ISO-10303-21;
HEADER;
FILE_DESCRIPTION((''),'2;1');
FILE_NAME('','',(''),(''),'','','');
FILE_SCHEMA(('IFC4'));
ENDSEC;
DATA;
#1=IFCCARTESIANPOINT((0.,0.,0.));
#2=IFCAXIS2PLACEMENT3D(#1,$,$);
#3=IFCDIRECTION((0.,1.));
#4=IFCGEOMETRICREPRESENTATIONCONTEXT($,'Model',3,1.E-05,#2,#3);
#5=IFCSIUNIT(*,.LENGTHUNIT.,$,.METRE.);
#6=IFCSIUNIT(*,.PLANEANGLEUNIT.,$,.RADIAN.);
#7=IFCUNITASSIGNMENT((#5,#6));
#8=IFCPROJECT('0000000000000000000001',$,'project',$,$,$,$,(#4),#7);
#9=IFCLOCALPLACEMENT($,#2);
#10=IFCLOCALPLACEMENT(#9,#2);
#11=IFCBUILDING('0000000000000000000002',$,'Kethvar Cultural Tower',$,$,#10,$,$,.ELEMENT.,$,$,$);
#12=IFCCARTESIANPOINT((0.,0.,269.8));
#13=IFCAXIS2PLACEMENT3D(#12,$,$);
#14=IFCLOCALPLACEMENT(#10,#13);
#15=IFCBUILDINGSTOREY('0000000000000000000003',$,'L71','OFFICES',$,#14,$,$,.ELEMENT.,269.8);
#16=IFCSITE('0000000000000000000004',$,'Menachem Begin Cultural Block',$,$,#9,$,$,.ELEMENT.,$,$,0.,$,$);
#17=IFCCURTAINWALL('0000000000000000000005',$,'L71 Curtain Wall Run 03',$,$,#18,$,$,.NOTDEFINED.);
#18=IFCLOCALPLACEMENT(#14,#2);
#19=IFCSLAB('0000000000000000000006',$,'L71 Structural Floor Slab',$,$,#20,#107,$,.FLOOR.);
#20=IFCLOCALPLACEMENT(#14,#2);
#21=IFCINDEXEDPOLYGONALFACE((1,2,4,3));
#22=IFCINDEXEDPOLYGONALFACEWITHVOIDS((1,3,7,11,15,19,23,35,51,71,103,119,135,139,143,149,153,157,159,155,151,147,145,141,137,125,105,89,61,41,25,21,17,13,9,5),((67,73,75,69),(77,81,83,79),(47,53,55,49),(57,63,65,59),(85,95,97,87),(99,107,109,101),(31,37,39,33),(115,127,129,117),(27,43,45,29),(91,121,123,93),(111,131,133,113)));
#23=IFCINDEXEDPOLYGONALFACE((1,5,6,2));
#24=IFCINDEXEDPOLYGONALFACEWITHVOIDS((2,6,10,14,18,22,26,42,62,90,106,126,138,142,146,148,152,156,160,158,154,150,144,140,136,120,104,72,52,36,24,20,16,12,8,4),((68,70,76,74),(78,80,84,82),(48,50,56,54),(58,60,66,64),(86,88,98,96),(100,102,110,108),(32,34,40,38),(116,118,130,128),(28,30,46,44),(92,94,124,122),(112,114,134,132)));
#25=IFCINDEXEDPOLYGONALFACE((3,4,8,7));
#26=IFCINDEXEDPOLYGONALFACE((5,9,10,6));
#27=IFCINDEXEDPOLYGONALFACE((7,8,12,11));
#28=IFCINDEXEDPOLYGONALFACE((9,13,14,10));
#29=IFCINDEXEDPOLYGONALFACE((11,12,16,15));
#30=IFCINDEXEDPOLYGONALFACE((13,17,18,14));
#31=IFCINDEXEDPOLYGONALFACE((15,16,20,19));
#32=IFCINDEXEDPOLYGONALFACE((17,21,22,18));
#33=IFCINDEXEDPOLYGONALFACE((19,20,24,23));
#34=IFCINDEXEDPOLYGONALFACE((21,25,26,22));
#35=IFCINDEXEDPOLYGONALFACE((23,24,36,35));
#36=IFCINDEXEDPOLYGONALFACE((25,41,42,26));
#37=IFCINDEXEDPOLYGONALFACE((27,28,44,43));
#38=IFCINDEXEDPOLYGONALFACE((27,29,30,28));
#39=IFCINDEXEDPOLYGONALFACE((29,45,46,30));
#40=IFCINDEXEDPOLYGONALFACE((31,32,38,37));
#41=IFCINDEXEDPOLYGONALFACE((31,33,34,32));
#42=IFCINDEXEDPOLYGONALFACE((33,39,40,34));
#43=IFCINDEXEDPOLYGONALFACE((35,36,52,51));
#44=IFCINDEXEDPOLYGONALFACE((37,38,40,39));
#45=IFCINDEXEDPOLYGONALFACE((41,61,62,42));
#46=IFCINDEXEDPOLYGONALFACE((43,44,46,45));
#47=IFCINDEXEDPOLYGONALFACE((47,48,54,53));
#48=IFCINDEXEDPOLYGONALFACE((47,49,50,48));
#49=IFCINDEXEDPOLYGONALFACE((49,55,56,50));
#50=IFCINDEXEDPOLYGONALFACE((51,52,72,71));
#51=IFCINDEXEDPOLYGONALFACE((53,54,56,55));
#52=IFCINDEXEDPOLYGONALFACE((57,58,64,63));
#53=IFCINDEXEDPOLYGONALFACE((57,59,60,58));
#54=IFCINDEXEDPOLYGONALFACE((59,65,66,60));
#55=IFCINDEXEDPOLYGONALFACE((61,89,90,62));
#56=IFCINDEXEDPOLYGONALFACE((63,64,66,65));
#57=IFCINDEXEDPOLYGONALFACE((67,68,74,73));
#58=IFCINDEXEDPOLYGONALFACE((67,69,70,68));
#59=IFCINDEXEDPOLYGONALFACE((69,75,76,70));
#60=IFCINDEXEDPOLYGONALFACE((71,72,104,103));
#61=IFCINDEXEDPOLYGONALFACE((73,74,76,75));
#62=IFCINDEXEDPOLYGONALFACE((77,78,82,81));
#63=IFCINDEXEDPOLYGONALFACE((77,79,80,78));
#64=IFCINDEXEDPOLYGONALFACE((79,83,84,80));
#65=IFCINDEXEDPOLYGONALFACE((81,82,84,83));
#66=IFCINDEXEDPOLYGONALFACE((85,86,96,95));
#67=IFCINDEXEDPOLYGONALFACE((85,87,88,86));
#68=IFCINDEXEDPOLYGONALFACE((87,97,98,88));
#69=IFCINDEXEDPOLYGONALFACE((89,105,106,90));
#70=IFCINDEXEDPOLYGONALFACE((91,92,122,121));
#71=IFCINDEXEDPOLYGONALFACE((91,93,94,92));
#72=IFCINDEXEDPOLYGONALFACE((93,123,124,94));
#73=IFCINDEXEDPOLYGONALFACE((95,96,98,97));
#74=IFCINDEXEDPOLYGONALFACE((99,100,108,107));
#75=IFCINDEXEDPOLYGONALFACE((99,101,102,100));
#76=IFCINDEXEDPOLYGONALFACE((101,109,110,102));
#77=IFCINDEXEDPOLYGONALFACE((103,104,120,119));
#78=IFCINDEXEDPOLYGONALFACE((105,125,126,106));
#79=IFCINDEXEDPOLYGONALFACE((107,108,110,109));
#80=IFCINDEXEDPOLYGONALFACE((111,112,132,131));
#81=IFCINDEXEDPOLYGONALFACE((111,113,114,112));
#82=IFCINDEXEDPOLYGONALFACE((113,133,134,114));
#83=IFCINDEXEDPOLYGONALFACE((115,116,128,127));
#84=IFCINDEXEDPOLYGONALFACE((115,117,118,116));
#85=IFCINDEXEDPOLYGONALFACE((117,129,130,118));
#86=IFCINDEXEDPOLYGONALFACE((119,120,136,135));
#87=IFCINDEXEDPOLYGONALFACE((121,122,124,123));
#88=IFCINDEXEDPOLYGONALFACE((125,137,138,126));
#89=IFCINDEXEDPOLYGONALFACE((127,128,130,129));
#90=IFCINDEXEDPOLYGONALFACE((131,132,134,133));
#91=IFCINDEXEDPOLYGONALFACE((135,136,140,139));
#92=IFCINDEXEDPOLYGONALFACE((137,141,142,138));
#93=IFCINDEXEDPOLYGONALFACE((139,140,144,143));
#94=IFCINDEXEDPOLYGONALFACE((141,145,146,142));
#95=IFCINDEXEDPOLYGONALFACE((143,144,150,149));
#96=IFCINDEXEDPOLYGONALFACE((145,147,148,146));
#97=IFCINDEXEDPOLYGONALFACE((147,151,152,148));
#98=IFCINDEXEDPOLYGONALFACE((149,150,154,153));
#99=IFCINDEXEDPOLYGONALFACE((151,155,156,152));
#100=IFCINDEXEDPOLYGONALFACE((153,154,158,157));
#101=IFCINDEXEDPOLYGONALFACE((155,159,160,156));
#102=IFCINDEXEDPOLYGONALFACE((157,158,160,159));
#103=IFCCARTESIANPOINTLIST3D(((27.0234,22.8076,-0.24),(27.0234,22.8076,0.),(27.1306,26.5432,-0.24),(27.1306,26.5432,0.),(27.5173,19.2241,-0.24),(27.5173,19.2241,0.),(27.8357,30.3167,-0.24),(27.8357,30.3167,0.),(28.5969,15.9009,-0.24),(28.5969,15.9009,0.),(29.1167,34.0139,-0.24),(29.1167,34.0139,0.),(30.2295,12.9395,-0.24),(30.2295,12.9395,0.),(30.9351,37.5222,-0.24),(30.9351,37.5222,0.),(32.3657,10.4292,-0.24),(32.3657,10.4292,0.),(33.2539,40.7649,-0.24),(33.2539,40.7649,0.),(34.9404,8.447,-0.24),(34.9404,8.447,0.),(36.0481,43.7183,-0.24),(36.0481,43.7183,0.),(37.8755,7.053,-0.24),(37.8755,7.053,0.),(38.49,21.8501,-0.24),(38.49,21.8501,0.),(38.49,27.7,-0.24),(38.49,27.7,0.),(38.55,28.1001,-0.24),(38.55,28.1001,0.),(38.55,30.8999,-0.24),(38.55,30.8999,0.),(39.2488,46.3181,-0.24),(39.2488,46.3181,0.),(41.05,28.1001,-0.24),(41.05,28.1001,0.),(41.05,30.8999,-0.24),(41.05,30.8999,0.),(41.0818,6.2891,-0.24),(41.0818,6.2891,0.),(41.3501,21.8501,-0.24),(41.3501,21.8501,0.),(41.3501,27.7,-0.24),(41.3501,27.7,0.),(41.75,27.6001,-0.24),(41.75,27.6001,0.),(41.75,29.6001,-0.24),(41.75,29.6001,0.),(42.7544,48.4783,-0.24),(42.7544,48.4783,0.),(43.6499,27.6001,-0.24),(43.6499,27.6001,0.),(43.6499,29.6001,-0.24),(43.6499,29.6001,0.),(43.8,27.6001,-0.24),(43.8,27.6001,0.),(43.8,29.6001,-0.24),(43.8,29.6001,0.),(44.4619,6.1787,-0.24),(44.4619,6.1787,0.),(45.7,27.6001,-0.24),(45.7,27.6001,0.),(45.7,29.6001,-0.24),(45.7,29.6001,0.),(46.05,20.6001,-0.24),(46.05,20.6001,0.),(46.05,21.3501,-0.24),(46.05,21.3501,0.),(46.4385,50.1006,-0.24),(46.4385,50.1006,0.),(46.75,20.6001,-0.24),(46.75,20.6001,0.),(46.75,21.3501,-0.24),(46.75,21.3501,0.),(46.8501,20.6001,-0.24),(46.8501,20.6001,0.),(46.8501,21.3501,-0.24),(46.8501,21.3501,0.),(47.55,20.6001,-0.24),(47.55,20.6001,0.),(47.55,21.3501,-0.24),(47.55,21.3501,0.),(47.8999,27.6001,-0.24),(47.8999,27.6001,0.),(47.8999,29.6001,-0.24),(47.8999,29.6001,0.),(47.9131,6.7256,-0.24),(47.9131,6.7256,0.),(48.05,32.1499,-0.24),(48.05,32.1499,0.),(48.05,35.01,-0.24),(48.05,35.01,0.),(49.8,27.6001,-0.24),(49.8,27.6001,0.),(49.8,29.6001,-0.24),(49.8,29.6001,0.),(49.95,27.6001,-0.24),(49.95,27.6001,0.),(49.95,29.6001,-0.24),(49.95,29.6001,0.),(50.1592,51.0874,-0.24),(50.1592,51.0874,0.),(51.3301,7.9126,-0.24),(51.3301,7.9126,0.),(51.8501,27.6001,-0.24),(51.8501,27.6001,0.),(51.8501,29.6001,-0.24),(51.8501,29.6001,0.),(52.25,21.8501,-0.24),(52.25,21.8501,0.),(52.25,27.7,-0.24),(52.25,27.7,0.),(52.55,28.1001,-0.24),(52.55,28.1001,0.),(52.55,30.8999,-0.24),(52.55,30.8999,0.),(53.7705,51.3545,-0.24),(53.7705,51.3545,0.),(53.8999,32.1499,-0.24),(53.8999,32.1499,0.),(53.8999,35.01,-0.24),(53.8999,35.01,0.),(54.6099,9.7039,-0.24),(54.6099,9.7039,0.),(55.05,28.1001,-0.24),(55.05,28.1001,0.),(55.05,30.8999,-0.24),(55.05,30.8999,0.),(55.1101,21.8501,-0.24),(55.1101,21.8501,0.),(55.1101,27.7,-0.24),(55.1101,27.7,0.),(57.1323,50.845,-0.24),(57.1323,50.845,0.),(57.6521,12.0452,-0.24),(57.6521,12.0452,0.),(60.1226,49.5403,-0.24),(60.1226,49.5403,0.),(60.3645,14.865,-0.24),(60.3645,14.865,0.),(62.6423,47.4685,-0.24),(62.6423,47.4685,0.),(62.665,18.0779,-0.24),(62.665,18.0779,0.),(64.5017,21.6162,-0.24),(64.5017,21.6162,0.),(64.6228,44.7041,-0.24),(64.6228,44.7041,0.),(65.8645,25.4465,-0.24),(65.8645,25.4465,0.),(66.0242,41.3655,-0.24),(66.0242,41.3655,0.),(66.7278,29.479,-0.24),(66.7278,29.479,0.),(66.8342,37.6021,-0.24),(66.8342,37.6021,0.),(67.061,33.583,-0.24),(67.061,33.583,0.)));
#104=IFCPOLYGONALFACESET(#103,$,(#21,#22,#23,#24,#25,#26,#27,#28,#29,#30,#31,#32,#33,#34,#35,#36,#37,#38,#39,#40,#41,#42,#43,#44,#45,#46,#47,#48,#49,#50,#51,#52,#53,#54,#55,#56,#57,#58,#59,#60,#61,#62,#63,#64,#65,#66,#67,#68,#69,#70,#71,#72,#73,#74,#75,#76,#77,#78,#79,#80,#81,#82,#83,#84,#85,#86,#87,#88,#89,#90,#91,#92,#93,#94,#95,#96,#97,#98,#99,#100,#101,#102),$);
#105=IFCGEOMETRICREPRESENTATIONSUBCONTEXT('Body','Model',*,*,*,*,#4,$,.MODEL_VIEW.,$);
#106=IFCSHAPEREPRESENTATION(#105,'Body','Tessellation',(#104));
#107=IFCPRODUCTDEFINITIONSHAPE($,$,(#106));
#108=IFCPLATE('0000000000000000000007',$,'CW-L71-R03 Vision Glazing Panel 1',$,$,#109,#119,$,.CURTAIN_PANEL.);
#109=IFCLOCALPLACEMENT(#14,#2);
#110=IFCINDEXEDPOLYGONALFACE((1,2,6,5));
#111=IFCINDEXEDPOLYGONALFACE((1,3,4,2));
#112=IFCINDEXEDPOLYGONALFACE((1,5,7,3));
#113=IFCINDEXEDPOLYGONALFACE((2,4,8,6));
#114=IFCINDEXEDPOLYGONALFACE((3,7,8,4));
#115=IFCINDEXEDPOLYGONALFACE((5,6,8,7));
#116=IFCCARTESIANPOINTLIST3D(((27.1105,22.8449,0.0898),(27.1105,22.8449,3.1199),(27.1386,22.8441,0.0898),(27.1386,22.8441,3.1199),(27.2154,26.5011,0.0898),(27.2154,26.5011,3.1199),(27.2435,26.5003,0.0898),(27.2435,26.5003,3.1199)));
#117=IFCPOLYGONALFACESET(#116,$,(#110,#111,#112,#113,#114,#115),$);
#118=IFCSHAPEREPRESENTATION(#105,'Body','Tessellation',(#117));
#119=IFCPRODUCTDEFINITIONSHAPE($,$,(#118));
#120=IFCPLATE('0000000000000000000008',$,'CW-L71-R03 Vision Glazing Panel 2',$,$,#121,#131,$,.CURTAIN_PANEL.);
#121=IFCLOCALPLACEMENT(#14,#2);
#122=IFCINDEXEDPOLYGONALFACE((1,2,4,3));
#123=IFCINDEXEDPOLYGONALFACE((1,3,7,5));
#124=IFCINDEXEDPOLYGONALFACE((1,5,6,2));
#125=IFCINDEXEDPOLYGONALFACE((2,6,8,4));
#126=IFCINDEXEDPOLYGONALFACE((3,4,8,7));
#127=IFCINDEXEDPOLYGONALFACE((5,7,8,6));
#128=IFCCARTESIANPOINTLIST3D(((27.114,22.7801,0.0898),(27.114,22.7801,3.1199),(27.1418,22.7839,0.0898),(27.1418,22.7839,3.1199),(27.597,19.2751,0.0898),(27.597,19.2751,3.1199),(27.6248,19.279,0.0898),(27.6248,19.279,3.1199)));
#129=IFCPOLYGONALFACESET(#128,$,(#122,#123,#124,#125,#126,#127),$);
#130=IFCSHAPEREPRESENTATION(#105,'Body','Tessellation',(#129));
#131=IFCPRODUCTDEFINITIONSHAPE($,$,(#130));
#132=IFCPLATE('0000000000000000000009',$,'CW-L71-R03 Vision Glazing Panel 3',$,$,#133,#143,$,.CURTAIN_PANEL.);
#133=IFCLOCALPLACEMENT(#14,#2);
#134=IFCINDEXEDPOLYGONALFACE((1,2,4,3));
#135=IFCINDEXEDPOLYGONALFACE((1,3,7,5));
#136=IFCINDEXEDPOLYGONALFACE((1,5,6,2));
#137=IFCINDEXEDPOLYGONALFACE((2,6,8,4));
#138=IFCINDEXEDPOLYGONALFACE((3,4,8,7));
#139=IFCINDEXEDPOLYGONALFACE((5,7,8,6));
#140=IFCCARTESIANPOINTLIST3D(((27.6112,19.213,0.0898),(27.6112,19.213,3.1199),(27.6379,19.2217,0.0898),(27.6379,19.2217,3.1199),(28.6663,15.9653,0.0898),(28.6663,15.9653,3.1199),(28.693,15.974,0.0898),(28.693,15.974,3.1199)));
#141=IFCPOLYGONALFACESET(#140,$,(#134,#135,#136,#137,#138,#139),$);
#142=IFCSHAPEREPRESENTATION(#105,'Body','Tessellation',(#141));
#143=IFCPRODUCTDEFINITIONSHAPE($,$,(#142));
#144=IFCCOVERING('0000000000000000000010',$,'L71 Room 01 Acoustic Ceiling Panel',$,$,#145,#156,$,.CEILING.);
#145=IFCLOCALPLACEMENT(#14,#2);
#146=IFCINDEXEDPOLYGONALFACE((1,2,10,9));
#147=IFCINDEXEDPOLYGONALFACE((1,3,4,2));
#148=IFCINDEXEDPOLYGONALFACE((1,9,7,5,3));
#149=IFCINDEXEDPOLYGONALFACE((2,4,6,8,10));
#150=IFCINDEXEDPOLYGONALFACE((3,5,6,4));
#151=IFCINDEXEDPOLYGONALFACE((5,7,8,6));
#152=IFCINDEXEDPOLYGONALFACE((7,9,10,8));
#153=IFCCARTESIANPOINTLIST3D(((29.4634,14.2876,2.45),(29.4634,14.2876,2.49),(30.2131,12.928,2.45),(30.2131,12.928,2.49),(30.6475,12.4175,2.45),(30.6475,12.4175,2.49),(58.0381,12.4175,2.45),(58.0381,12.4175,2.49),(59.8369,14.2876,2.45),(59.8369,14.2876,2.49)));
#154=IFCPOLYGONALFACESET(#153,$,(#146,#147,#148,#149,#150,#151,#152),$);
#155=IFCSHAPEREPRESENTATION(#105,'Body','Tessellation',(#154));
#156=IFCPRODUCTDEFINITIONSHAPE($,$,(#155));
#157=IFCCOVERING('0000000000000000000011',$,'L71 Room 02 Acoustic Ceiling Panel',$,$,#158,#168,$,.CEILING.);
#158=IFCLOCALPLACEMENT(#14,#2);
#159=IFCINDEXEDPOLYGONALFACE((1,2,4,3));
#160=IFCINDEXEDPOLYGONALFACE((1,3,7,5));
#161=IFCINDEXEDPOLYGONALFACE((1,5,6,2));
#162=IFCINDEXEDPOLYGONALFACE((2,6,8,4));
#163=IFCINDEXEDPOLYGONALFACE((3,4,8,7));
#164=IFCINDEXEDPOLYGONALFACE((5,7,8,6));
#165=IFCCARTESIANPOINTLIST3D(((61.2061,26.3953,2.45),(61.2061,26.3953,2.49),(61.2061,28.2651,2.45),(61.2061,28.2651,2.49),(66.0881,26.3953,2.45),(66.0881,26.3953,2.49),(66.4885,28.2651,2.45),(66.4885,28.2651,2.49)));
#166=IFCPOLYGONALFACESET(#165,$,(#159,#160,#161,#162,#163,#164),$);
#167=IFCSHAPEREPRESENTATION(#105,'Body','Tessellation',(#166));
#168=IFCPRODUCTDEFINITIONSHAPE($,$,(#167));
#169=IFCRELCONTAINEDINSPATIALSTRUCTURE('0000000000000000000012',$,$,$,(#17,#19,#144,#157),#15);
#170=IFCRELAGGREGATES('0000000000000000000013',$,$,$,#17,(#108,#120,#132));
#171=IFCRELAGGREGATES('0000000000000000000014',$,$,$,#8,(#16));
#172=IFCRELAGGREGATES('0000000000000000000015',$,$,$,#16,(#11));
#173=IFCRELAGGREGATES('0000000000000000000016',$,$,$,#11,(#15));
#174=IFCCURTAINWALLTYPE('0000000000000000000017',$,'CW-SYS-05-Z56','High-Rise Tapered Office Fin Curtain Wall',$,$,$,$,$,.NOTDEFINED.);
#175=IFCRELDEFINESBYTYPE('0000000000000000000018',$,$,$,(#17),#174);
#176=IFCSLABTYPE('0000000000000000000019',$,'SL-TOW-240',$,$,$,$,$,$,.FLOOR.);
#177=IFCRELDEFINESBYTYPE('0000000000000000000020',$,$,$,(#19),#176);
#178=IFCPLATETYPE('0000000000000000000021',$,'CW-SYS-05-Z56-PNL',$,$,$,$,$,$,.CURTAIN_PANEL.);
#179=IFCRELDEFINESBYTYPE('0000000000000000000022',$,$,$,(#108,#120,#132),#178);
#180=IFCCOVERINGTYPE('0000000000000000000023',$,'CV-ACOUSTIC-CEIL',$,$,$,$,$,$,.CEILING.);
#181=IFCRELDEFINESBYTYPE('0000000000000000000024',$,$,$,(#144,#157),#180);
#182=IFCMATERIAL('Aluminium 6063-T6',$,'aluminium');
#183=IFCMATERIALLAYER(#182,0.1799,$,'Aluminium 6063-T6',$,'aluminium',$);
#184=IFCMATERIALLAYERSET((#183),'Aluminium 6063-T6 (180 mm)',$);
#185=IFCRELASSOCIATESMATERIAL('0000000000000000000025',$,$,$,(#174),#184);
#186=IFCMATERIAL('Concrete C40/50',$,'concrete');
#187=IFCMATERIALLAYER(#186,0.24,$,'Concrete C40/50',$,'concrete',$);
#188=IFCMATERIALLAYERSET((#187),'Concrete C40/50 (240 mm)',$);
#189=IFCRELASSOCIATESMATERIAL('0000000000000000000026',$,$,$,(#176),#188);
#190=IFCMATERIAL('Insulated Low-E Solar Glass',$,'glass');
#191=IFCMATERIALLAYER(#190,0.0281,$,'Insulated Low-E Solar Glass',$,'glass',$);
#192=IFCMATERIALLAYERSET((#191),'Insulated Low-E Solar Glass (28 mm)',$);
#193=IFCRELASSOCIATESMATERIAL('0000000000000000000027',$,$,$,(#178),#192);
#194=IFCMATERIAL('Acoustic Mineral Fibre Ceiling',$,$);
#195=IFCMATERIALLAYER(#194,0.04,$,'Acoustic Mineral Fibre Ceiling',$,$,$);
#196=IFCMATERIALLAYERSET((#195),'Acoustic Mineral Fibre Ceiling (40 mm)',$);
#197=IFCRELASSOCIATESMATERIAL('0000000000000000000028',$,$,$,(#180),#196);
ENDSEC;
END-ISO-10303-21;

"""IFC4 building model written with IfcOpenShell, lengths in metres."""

from ifc_helpers import new_model, si_unit, direction, frame, origin, origin_2d, place, context, subcontext, project, spatial, polyline, rectangle, outline, extrude, source, transform, mapped, material, layer, layer_set, type_object, element, aggregate, save


model = new_model("IFC4")

# Units and contexts
model_context = context("Model", 3, precision=1e-05, world=origin(), true_north=direction((0.0, 1.0)))
body_context = subcontext(model_context, "Body", "Model", "MODEL_VIEW")
ifc_project = project(units=[si_unit("LENGTHUNIT", "METRE"), si_unit("PLANEANGLEUNIT", "RADIAN")], contexts=[model_context])

# Site, building, storey
site_placement = place(None, origin())
site = spatial("IfcSite", under=ifc_project, at=site_placement, Name="Menachem Begin Cultural Block", CompositionType="ELEMENT", RefElevation=0.0)
building_placement = place(site_placement, origin())
building = spatial("IfcBuilding", under=site, at=building_placement, Name="Kethvar Cultural Tower", CompositionType="ELEMENT")
storey_placement = place(building_placement, frame((0.0, 0.0, 269.8)))
storey = spatial("IfcBuildingStorey", under=building, at=storey_placement, Name="L71", Description="OFFICES", CompositionType="ELEMENT", Elevation=269.8)

# Curtain wall
ifc_material_1 = material(Name="Aluminium 6063-T6", Category="aluminium")
ifc_layer_1 = layer(ifc_material_1, 0.1799, Name="Aluminium 6063-T6", Category="aluminium")
ifc_layer_set_1 = layer_set([ifc_layer_1], Name="Aluminium 6063-T6 (180 mm)")
curtain_wall_type = type_object("IfcCurtainWallType", Name="CW-SYS-05-Z56", Description="High-Rise Tapered Office Fin Curtain Wall", PredefinedType="NOTDEFINED", material=ifc_layer_set_1)
curtain_wall_placement = place(storey_placement, origin())
curtain_wall = element("IfcCurtainWall", 1, at=curtain_wall_placement, inside=storey, type_object=curtain_wall_type, Name="L71 Curtain Wall Run 03", PredefinedType="NOTDEFINED")

# Shared definitions
ifc_material_2 = material(Name="Concrete C40/50", Category="concrete")

# Slab
ifc_layer_2 = layer(ifc_material_2, 0.24, Name="Concrete C40/50", Category="concrete")
ifc_layer_set_2 = layer_set([ifc_layer_2], Name="Concrete C40/50 (240 mm)")
slab_type_1 = type_object("IfcSlabType", Name="SL-TOW-240", PredefinedType="FLOOR", material=ifc_layer_set_2)
slab_1_placement = place(storey_placement, frame((0.0, 0.0, -0.24)))
element("IfcSlab", 2, at=slab_1_placement, inside=storey, type_object=slab_type_1, Name="L71 Structural Floor Slab", PredefinedType="FLOOR", context=body_context, shape_type="SweptSolid", body=[
    extrude(outline(polyline([(60.1226, 49.5403), (57.1323, 50.845), (53.7705, 51.3545), (50.1592, 51.0874), (46.4385, 50.1006), (42.7544, 48.4783), (39.2488, 46.3181), (36.0481, 43.7183), (33.2539, 40.7649), (30.9351, 37.5222), (29.1167, 34.0139), (27.8357, 30.3167), (27.1306, 26.5432), (27.0234, 22.8076), (27.5173, 19.2241), (28.5969, 15.9009), (30.2295, 12.9395), (32.3657, 10.4292), (34.9404, 8.447), (37.8755, 7.053), (41.0818, 6.2891), (44.4619, 6.1787), (47.9131, 6.7256), (51.3301, 7.9126), (54.6099, 9.7039), (57.6521, 12.0452), (60.3645, 14.865), (62.665, 18.0779), (64.5017, 21.6162), (65.8645, 25.4465), (66.7278, 29.479), (67.061, 33.583), (66.8342, 37.6021), (66.0242, 41.3655), (64.6228, 44.7041), (62.6423, 47.4685), (60.1226, 49.5403)]), holes=[polyline([(38.49, 21.8501), (38.49, 27.7), (41.3501, 27.7), (41.3501, 21.8501), (38.49, 21.8501)]), polyline([(52.25, 21.8501), (52.25, 27.7), (55.1101, 27.7), (55.1101, 21.8501), (52.25, 21.8501)]), polyline([(53.8999, 32.1499), (48.05, 32.1499), (48.05, 35.01), (53.8999, 35.01), (53.8999, 32.1499)]), polyline([(41.75, 29.6001), (43.6499, 29.6001), (43.6499, 27.6001), (41.75, 27.6001), (41.75, 29.6001)]), polyline([(43.8, 29.6001), (45.7, 29.6001), (45.7, 27.6001), (43.8, 27.6001), (43.8, 29.6001)]), polyline([(47.8999, 29.6001), (49.8, 29.6001), (49.8, 27.6001), (47.8999, 27.6001), (47.8999, 29.6001)]), polyline([(49.95, 29.6001), (51.8501, 29.6001), (51.8501, 27.6001), (49.95, 27.6001), (49.95, 29.6001)]), polyline([(38.55, 30.8999), (41.05, 30.8999), (41.05, 28.1001), (38.55, 28.1001), (38.55, 30.8999)]), polyline([(52.55, 30.8999), (55.05, 30.8999), (55.05, 28.1001), (52.55, 28.1001), (52.55, 30.8999)]), polyline([(46.05, 21.3501), (46.75, 21.3501), (46.75, 20.6001), (46.05, 20.6001), (46.05, 21.3501)]), polyline([(46.8501, 21.3501), (47.55, 21.3501), (47.55, 20.6001), (46.8501, 20.6001), (46.8501, 21.3501)])]), origin(), (0.0, 0.0, 1.0), 0.24),
])

# Plates
ifc_material_3 = material(Name="Insulated Low-E Solar Glass", Category="glass")
ifc_layer_3 = layer(ifc_material_3, 0.0281, Name="Insulated Low-E Solar Glass", Category="glass")
ifc_layer_set_3 = layer_set([ifc_layer_3], Name="Insulated Low-E Solar Glass (28 mm)")
plate_type = type_object("IfcPlateType", Name="CW-SYS-05-Z56-PNL", PredefinedType="CURTAIN_PANEL", material=ifc_layer_set_3)
shared_shape_1 = source(origin(), body_context, "Body", "SweptSolid", [
    extrude(rectangle(XDim=3.6577, YDim=0.0281, at=origin_2d()), origin(), (0.0, 0.0, 1.0), 3.03),
])
plate_1_placement = place(storey_placement, frame((27.177, 24.6726, 0.0898), z_axis=(0.0, 0.0, 1.0), x_axis=(-0.028689, -0.999588, 0.0)))
plate_1 = element("IfcPlate", 3, at=plate_1_placement, type_object=plate_type, Name="CW-L71-R03 Vision Glazing Panel 1", PredefinedType="CURTAIN_PANEL", context=body_context, shape_type="MappedRepresentation", body=[
    mapped(shared_shape_1, transform((0.0, 0.0, 0.0), scale=1.0)),
])
shared_shape_2 = source(origin(), body_context, "Body", "SweptSolid", [
    extrude(rectangle(XDim=3.5381, YDim=0.0281, at=origin_2d()), origin(), (0.0, 0.0, 1.0), 3.03),
])
plate_2_placement = place(storey_placement, frame((27.3694, 21.0295, 0.0898), z_axis=(0.0, 0.0, 1.0), x_axis=(0.136511, -0.990639, 0.0)))
plate_2 = element("IfcPlate", 4, at=plate_2_placement, type_object=plate_type, Name="CW-L71-R03 Vision Glazing Panel 2", PredefinedType="CURTAIN_PANEL", context=body_context, shape_type="MappedRepresentation", body=[
    mapped(shared_shape_2, transform((0.0, 0.0, 0.0), scale=1.0)),
])
shared_shape_3 = source(origin(), body_context, "Body", "SweptSolid", [
    extrude(rectangle(XDim=3.4148, YDim=0.0281, at=origin_2d()), origin(), (0.0, 0.0, 1.0), 3.03),
])
plate_3_placement = place(storey_placement, frame((28.1521, 17.5935, 0.0898), z_axis=(0.0, 0.0, 1.0), x_axis=(0.308967, -0.951073, 0.0)))
plate_3 = element("IfcPlate", 5, at=plate_3_placement, type_object=plate_type, Name="CW-L71-R03 Vision Glazing Panel 3", PredefinedType="CURTAIN_PANEL", context=body_context, shape_type="MappedRepresentation", body=[
    mapped(shared_shape_3, transform((0.0, 0.0, 0.0), scale=1.0)),
])
aggregate(curtain_wall, [plate_1, plate_2, plate_3])

# Coverings
ifc_material_4 = material(Name="Acoustic Mineral Fibre Ceiling")
ifc_layer_4 = layer(ifc_material_4, 0.04, Name="Acoustic Mineral Fibre Ceiling")
ifc_layer_set_4 = layer_set([ifc_layer_4], Name="Acoustic Mineral Fibre Ceiling (40 mm)")
covering_type_1 = type_object("IfcCoveringType", Name="CV-ACOUSTIC-CEIL", PredefinedType="CEILING", material=ifc_layer_set_4)
covering_1_placement = place(storey_placement, frame((0.0, 0.0, 2.45)))
element("IfcCovering", 6, at=covering_1_placement, inside=storey, type_object=covering_type_1, Name="L71 Room 01 Acoustic Ceiling Panel", PredefinedType="CEILING", context=body_context, shape_type="SweptSolid", body=[
    extrude(outline(polyline([(58.0381, 12.4175), (30.6475, 12.4175), (30.2131, 12.928), (29.4634, 14.2876), (59.8369, 14.2876), (58.0381, 12.4175)])), origin(), (0.0, 0.0, 1.0), 0.04),
])
covering_2_placement = place(storey_placement, frame((0.0, 0.0, 2.45)))
element("IfcCovering", 7, at=covering_2_placement, inside=storey, type_object=covering_type_1, Name="L71 Room 02 Acoustic Ceiling Panel", PredefinedType="CEILING", context=body_context, shape_type="SweptSolid", body=[
    extrude(outline(polyline([(66.0881, 26.3953), (61.2061, 26.3953), (61.2061, 28.2651), (66.4885, 28.2651), (66.0881, 26.3953)])), origin(), (0.0, 0.0, 1.0), 0.04),
])

save(model, "model.ifc")
